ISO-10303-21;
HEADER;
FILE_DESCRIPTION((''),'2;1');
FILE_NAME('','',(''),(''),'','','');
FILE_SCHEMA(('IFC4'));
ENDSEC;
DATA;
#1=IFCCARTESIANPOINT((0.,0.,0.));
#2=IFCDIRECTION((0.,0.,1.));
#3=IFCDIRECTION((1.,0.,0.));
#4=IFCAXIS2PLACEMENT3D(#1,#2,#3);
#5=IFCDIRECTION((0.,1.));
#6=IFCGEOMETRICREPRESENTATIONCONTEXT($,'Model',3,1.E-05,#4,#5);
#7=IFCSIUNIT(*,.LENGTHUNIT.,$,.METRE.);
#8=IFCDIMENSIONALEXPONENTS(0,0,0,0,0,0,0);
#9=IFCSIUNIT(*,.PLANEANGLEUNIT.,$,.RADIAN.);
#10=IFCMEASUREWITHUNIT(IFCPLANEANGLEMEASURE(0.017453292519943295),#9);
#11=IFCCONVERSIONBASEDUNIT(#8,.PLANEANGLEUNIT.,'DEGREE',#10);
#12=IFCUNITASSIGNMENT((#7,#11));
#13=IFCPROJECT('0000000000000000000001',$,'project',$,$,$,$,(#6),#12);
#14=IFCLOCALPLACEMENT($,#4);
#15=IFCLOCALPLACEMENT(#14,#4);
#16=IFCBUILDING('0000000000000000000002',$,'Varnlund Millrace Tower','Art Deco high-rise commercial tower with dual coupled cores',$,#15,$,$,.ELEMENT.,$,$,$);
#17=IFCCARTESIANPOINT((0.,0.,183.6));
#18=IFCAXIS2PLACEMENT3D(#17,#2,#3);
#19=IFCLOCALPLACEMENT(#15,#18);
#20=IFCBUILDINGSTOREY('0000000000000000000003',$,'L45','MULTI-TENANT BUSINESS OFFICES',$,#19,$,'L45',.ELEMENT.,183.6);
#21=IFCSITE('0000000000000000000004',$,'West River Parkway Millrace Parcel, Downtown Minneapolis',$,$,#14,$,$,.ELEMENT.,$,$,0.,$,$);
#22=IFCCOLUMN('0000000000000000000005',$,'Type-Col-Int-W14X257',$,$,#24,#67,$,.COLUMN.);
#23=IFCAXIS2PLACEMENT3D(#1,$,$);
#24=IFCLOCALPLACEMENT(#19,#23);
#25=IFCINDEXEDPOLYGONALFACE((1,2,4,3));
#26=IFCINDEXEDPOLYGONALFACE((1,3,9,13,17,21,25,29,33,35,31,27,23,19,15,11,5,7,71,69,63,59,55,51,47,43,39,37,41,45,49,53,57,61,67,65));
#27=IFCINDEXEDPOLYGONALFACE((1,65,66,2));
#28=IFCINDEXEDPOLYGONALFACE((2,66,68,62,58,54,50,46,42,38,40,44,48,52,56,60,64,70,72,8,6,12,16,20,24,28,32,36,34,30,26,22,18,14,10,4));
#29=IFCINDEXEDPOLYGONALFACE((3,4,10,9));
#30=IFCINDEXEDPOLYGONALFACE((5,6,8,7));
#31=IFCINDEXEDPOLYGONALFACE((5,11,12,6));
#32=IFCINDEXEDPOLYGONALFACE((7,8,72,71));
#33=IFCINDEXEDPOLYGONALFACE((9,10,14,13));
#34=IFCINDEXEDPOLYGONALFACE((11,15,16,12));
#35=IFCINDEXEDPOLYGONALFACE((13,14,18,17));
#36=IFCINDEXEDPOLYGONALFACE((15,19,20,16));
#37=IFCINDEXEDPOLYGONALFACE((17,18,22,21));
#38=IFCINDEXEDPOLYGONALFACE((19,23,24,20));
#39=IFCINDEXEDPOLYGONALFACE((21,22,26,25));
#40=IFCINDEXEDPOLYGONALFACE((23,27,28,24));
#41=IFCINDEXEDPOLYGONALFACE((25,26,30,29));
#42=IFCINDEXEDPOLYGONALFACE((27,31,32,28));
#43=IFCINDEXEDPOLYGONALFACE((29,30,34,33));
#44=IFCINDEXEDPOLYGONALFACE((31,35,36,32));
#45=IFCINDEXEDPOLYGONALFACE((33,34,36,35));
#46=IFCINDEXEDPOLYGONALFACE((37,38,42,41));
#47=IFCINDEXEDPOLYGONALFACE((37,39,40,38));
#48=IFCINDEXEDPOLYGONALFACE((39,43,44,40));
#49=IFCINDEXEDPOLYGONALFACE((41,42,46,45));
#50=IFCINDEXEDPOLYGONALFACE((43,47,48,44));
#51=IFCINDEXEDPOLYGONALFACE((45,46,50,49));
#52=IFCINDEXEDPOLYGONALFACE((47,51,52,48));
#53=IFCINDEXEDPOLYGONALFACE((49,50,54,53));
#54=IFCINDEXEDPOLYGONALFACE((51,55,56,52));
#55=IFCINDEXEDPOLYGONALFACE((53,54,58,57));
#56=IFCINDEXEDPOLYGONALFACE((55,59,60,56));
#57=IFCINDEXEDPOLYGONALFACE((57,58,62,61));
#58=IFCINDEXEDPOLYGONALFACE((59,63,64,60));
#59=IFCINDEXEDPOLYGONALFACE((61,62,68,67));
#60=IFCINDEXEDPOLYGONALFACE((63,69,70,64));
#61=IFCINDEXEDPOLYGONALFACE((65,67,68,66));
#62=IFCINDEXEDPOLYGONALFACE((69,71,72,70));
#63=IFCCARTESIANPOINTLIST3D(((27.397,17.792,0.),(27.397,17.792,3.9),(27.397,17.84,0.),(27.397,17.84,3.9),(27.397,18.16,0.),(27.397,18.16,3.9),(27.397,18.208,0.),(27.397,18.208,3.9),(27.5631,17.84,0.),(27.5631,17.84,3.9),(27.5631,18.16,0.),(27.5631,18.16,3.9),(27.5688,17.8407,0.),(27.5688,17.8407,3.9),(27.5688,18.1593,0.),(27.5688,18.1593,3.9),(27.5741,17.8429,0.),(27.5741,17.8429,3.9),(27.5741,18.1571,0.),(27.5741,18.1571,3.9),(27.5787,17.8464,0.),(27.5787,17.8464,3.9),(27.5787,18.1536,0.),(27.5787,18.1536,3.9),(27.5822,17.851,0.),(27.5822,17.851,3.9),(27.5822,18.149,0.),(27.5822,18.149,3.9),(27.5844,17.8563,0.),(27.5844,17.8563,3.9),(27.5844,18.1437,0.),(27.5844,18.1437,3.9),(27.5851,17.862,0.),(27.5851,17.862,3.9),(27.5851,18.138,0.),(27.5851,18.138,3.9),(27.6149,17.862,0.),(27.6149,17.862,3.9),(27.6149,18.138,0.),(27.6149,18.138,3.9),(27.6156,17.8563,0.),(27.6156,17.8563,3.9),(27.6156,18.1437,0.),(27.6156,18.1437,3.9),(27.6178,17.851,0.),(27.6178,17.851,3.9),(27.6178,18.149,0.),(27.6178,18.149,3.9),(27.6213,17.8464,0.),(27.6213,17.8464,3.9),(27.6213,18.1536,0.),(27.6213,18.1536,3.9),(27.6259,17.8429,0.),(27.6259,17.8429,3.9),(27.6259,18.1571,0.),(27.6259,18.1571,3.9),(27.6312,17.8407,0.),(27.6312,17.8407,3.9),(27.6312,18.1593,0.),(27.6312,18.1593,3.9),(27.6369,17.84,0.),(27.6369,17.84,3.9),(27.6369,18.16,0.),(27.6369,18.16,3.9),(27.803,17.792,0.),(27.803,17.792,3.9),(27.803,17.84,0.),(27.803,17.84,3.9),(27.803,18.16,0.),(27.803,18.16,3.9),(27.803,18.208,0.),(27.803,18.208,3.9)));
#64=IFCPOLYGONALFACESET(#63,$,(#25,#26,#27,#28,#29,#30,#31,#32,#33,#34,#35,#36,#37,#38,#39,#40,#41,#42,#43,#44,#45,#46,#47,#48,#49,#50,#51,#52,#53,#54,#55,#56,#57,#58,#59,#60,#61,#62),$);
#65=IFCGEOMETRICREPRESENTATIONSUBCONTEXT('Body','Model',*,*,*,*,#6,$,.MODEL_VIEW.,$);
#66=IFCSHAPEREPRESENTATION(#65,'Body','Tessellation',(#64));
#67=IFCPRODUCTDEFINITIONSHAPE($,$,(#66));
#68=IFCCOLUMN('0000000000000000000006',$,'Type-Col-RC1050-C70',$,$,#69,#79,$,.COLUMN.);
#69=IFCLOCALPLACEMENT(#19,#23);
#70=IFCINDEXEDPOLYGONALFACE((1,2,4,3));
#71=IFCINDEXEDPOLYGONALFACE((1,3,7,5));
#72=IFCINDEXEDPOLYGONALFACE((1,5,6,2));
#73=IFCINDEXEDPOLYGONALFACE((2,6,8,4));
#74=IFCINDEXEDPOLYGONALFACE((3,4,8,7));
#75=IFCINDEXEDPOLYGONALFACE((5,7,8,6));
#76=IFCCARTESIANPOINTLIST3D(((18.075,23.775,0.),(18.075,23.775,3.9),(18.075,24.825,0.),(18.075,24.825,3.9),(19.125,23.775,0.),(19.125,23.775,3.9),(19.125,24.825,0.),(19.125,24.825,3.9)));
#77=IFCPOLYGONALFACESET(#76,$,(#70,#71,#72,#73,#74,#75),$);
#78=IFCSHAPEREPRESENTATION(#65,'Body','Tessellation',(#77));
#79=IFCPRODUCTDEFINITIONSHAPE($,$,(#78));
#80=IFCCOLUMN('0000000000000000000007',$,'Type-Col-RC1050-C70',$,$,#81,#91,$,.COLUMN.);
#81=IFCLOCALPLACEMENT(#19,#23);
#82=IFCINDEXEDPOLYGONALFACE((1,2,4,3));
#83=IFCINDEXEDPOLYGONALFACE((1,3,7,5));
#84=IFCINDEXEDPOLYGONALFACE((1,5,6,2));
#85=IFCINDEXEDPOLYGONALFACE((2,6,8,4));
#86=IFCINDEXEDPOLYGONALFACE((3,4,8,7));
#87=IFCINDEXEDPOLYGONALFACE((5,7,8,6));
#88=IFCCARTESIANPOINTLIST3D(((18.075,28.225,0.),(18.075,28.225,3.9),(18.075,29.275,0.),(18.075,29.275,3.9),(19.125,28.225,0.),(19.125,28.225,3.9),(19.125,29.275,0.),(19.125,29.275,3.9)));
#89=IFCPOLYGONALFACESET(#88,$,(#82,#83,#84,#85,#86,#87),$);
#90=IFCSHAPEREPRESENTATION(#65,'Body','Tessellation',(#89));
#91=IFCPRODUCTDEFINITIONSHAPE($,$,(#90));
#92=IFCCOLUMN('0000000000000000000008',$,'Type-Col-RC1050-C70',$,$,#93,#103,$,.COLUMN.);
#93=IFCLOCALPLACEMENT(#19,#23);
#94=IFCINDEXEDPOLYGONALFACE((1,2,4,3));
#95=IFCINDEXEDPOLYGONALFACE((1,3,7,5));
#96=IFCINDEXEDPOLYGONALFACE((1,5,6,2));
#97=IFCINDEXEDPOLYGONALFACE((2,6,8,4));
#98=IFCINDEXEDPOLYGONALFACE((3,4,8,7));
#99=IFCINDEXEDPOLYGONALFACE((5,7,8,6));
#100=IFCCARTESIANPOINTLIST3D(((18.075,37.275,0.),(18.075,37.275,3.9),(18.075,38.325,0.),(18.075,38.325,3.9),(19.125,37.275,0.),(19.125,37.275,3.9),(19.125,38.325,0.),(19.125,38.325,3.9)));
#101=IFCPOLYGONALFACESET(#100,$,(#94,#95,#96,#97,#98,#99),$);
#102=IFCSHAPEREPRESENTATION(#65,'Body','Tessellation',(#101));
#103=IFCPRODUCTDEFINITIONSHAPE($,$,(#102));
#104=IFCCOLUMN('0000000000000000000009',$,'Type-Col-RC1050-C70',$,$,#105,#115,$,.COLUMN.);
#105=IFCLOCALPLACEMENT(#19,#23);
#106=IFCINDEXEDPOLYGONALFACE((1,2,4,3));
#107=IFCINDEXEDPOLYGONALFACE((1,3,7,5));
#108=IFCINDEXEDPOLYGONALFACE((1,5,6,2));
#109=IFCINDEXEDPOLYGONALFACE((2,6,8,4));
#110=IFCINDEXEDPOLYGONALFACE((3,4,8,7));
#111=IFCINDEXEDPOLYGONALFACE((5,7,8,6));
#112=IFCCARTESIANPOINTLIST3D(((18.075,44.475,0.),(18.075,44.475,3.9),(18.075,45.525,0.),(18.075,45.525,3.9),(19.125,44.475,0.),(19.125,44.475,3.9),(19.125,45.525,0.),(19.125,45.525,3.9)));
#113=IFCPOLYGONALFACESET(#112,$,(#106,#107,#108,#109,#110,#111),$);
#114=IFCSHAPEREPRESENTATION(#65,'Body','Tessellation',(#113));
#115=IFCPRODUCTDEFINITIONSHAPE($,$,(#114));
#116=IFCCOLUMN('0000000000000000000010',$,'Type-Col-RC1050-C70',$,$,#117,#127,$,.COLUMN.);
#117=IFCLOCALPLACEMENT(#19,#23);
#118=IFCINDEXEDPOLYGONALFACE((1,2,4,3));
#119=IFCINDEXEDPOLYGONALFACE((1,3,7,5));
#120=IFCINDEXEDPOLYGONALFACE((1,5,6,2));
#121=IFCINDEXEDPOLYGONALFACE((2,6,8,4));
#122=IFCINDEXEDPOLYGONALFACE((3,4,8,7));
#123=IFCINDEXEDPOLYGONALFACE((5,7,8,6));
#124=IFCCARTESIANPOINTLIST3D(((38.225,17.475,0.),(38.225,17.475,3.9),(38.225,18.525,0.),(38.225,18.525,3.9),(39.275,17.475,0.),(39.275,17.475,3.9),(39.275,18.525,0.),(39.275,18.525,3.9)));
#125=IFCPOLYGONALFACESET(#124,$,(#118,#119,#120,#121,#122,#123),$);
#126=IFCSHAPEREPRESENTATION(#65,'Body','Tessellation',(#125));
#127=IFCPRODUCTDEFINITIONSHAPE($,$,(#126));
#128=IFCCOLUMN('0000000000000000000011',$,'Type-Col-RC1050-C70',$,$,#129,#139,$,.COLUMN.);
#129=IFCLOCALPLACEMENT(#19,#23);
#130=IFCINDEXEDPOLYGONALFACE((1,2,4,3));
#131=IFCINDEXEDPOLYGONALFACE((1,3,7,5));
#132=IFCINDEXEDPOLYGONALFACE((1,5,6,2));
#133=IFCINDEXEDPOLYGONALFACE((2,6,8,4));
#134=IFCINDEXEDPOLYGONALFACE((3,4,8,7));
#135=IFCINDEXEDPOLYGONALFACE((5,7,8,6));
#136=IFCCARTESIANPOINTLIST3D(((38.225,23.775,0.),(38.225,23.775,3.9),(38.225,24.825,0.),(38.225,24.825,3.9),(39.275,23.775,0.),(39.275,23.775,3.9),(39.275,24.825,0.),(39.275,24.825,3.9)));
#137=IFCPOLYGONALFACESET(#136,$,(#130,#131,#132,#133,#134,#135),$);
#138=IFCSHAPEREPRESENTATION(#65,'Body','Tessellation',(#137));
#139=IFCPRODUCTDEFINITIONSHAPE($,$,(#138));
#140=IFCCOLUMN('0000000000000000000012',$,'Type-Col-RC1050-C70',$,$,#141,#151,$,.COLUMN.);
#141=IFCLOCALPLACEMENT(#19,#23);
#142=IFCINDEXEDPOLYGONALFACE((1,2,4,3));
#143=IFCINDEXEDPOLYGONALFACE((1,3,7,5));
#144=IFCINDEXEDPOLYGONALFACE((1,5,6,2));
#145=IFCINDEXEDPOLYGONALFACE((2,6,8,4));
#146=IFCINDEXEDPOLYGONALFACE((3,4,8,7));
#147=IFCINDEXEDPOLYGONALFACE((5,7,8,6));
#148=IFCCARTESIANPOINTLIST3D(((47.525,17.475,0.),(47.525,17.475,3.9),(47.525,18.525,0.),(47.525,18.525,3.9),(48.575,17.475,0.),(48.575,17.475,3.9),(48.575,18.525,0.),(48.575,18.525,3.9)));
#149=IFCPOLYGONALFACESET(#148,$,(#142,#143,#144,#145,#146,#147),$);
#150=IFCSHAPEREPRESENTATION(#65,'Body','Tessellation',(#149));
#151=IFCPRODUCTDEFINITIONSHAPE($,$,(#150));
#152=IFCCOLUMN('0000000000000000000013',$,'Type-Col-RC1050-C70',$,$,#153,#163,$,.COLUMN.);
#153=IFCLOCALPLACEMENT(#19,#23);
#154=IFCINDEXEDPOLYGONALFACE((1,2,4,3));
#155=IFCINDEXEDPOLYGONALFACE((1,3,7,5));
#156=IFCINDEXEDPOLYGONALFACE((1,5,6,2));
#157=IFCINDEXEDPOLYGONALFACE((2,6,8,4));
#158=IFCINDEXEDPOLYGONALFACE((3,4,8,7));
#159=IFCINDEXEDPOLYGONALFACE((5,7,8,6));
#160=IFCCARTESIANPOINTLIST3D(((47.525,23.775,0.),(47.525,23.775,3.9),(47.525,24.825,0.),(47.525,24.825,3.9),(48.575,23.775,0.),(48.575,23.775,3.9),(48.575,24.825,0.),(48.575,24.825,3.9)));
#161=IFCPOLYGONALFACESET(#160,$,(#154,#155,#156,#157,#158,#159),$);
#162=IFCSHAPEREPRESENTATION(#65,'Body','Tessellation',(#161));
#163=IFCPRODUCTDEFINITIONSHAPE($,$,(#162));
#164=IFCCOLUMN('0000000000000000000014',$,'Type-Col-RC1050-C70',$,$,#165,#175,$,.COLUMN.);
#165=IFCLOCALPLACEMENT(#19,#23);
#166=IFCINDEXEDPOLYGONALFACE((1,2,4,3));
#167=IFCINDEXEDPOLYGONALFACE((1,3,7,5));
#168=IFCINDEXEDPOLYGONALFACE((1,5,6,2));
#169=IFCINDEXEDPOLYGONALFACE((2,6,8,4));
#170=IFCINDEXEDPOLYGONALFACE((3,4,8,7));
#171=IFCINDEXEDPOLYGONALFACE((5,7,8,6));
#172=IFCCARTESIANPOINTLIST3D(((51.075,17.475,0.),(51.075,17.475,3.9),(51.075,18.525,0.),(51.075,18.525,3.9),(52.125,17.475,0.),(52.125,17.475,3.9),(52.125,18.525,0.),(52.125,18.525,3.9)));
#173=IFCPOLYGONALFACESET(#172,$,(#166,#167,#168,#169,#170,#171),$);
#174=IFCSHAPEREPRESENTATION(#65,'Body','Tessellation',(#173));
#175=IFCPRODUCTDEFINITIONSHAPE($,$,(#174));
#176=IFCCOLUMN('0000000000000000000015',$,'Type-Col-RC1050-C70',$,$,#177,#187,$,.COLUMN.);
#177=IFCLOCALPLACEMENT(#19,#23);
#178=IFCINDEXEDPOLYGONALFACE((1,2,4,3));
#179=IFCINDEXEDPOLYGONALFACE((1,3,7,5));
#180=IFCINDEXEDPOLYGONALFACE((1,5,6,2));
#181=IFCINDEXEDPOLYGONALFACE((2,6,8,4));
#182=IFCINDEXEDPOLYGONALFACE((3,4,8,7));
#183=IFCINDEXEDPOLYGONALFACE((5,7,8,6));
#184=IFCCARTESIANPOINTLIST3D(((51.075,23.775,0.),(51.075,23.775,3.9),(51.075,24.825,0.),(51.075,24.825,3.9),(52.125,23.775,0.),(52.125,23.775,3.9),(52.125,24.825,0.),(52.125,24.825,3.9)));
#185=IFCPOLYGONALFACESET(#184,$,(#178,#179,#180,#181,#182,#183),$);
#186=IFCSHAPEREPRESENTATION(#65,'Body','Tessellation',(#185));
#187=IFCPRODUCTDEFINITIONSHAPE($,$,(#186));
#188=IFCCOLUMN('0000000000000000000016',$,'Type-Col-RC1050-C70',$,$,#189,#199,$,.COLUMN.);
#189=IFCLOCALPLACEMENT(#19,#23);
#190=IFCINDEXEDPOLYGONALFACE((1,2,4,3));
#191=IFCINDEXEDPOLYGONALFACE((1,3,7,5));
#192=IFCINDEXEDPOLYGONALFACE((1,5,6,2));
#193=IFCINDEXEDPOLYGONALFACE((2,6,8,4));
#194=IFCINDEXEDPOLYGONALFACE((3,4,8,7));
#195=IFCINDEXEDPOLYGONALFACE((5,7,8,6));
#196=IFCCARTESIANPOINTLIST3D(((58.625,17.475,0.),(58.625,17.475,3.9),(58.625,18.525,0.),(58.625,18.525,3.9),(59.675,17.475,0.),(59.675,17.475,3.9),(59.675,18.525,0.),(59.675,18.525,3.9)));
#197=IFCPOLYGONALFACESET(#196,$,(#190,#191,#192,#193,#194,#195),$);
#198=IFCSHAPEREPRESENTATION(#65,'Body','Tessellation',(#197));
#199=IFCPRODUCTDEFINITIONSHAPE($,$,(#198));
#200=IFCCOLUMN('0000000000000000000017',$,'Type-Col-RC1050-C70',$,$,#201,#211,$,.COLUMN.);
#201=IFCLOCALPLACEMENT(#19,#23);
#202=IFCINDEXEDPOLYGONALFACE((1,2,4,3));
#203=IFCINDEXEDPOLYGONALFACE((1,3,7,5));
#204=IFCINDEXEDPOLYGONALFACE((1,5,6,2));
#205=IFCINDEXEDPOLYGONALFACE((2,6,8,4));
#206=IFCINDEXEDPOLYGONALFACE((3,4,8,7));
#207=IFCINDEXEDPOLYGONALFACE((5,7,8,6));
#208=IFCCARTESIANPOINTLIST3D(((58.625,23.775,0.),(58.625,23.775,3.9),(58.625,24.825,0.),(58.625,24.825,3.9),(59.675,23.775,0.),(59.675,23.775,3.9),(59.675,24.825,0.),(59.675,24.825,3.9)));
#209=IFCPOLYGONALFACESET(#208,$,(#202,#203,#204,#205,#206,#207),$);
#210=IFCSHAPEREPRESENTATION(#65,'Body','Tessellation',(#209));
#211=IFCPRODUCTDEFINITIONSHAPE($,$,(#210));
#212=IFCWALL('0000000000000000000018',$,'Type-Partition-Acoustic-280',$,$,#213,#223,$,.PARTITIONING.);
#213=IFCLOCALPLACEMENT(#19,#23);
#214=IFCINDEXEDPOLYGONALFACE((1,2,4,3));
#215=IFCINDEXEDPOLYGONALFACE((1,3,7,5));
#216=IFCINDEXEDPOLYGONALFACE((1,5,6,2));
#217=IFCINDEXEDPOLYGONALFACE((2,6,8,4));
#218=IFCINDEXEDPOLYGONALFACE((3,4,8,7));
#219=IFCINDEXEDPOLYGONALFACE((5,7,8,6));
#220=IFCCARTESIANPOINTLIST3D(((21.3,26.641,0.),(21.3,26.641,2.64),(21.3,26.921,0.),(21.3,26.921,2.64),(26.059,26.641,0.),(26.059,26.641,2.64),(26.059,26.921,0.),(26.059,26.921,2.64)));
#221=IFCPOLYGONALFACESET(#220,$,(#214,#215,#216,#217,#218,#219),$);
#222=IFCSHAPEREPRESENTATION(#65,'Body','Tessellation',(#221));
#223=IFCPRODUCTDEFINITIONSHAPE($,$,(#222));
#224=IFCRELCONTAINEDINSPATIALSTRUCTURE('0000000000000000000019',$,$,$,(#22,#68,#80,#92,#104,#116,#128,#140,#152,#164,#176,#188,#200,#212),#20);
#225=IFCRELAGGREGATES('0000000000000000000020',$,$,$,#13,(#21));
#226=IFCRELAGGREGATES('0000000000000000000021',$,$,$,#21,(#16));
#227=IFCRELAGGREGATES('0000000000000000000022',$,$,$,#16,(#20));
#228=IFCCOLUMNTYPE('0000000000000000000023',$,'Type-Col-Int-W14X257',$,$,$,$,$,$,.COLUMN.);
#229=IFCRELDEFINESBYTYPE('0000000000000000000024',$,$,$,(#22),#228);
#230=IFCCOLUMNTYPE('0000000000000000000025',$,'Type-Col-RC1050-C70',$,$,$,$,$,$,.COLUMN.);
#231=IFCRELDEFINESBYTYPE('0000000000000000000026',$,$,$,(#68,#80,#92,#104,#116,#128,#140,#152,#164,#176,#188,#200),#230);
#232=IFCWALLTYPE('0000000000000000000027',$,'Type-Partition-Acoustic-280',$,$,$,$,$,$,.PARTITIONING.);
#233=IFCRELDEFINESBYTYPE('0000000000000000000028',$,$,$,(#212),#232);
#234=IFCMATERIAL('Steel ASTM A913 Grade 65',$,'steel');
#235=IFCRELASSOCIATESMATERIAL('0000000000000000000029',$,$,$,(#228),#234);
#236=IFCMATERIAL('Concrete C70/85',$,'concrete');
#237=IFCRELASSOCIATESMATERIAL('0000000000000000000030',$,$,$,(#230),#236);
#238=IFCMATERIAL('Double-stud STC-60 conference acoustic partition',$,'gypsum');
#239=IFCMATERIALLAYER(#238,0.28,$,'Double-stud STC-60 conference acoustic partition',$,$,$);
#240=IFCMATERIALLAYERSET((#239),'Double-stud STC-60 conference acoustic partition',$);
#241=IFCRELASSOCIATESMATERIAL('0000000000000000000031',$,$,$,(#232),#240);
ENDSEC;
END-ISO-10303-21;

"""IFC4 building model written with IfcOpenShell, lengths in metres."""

from ifc_helpers import new_model, entity, si_unit, converted_unit, direction, frame, origin_with_axes, origin_2d_with_axis, place, context, subcontext, project, spatial, polyline, rectangle, i_section, outline, extrude, material, layer, layer_set, material_profile, profile_set, type_object, element, save


model = new_model("IFC4")

# Units and contexts
model_context = context("Model", 3, precision=1e-05, world=origin_with_axes(), true_north=direction((0.0, 1.0)))
body_context = subcontext(model_context, "Body", "Model", "MODEL_VIEW")
ifc_project = project(units=[si_unit("LENGTHUNIT", "METRE"), converted_unit("PLANEANGLEUNIT", "DEGREE", entity("IfcPlaneAngleMeasure", 0.017453292519943295), si_unit("PLANEANGLEUNIT", "RADIAN"), dimensions=[0, 0, 0, 0, 0, 0, 0])], contexts=[model_context])

# Site, building, storey
site_placement = place(None, origin_with_axes())
site = spatial("IfcSite", under=ifc_project, at=site_placement, Name="West River Parkway Millrace Parcel, Downtown Minneapolis", CompositionType="ELEMENT", RefElevation=0.0)
building_placement = place(site_placement, origin_with_axes())
building = spatial("IfcBuilding", under=site, at=building_placement, Name="Varnlund Millrace Tower", Description="Art Deco high-rise commercial tower with dual coupled cores", CompositionType="ELEMENT")
storey_placement = place(building_placement, frame((0.0, 0.0, 183.6), z_axis=(0.0, 0.0, 1.0), x_axis=(1.0, 0.0, 0.0)))
storey = spatial("IfcBuildingStorey", under=building, at=storey_placement, Name="L45", Description="MULTI-TENANT BUSINESS OFFICES", LongName="L45", CompositionType="ELEMENT", Elevation=183.6)

# Columns
ifc_material_1 = material(Name="Steel ASTM A913 Grade 65", Category="steel")
ifc_material_profile_1 = material_profile(ifc_material_1, i_section(OverallWidth=0.406, OverallDepth=0.416, WebThickness=0.0298, FlangeThickness=0.048, FilletRadius=0.022, at=origin_2d_with_axis()), Name="Steel ASTM A913 Grade 65")
ifc_profile_set_1 = profile_set([ifc_material_profile_1], Name="Steel ASTM A913 Grade 65")
column_type_1 = type_object("IfcColumnType", Name="Type-Col-Int-W14X257", PredefinedType="COLUMN", material=ifc_profile_set_1)
column_placement = place(storey_placement, frame((27.6, 18.0, 0.0), z_axis=(0.0, 0.0, 1.0), x_axis=(1.0, 0.0, 0.0)))
element("IfcColumn", 1, at=column_placement, inside=storey, type_object=column_type_1, Name="Type-Col-Int-W14X257", PredefinedType="COLUMN", context=body_context, shape_type="SweptSolid", body=[
    extrude(i_section(OverallWidth=0.406, OverallDepth=0.416, WebThickness=0.0298, FlangeThickness=0.048, FilletRadius=0.022, at=origin_2d_with_axis()), origin_with_axes(), (0.0, 0.0, 1.0), 3.9),
])
ifc_material_2 = material(Name="Concrete C70/85", Category="concrete")
ifc_material_profile_2 = material_profile(ifc_material_2, rectangle(XDim=1.05, YDim=1.05, at=origin_2d_with_axis()), Name="Concrete C70/85")
ifc_profile_set_2 = profile_set([ifc_material_profile_2], Name="Concrete C70/85")
column_type_2 = type_object("IfcColumnType", Name="Type-Col-RC1050-C70", PredefinedType="COLUMN", material=ifc_profile_set_2)
for number, where, z_axis, x_axis, name in (
    (2, (18.6, 24.3, 0.0), (0.0, 0.0, 1.0), (1.0, 0.0, 0.0), "Type-Col-RC1050-C70"),
    (3, (18.6, 28.75, 0.0), (0.0, 0.0, 1.0), (1.0, 0.0, 0.0), "Type-Col-RC1050-C70"),
    (4, (18.6, 37.8, 0.0), (0.0, 0.0, 1.0), (1.0, 0.0, 0.0), "Type-Col-RC1050-C70"),
    (5, (18.6, 45.0, 0.0), (0.0, 0.0, 1.0), (1.0, 0.0, 0.0), "Type-Col-RC1050-C70"),
    (6, (38.75, 18.0, 0.0), (0.0, 0.0, 1.0), (1.0, 0.0, 0.0), "Type-Col-RC1050-C70"),
    (7, (38.75, 24.3, 0.0), (0.0, 0.0, 1.0), (1.0, 0.0, 0.0), "Type-Col-RC1050-C70"),
    (8, (48.05, 18.0, 0.0), (0.0, 0.0, 1.0), (1.0, 0.0, 0.0), "Type-Col-RC1050-C70"),
    (9, (48.05, 24.3, 0.0), (0.0, 0.0, 1.0), (1.0, 0.0, 0.0), "Type-Col-RC1050-C70"),
    (10, (51.6, 18.0, 0.0), (0.0, 0.0, 1.0), (1.0, 0.0, 0.0), "Type-Col-RC1050-C70"),
    (11, (51.6, 24.3, 0.0), (0.0, 0.0, 1.0), (1.0, 0.0, 0.0), "Type-Col-RC1050-C70"),
    (12, (59.15, 18.0, 0.0), (0.0, 0.0, 1.0), (1.0, 0.0, 0.0), "Type-Col-RC1050-C70"),
    (13, (59.15, 24.3, 0.0), (0.0, 0.0, 1.0), (1.0, 0.0, 0.0), "Type-Col-RC1050-C70"),
):
    element("IfcColumn", number, at=place(storey_placement, frame(where, z_axis=z_axis, x_axis=x_axis)), inside=storey, type_object=column_type_2, Name=name, PredefinedType="COLUMN", context=body_context, shape_type="SweptSolid", body=[
        extrude(rectangle(XDim=1.05, YDim=1.05, at=origin_2d_with_axis()), origin_with_axes(), (0.0, 0.0, 1.0), 3.9),
    ])

# Wall
ifc_material_3 = material(Name="Double-stud STC-60 conference acoustic partition", Category="gypsum")
ifc_layer_1 = layer(ifc_material_3, 0.28, Name="Double-stud STC-60 conference acoustic partition")
ifc_layer_set_1 = layer_set([ifc_layer_1], Name="Double-stud STC-60 conference acoustic partition")
wall_type_1 = type_object("IfcWallType", Name="Type-Partition-Acoustic-280", PredefinedType="PARTITIONING", material=ifc_layer_set_1)
wall_1_placement = place(storey_placement, frame((21.3, 26.781, 0.0), z_axis=(0.0, 0.0, 1.0), x_axis=(1.0, 0.0, 0.0)))
element("IfcWall", 14, at=wall_1_placement, inside=storey, type_object=wall_type_1, Name="Type-Partition-Acoustic-280", PredefinedType="PARTITIONING", context=body_context, shape_type="SweptSolid", body=[
    extrude(outline(polyline([(0.0, -0.14), (4.759, -0.14), (4.759, 0.14), (0.0, 0.14), (0.0, -0.14)])), origin_with_axes(), (0.0, 0.0, 1.0), 2.64),
])

save(model, "model.ifc")
